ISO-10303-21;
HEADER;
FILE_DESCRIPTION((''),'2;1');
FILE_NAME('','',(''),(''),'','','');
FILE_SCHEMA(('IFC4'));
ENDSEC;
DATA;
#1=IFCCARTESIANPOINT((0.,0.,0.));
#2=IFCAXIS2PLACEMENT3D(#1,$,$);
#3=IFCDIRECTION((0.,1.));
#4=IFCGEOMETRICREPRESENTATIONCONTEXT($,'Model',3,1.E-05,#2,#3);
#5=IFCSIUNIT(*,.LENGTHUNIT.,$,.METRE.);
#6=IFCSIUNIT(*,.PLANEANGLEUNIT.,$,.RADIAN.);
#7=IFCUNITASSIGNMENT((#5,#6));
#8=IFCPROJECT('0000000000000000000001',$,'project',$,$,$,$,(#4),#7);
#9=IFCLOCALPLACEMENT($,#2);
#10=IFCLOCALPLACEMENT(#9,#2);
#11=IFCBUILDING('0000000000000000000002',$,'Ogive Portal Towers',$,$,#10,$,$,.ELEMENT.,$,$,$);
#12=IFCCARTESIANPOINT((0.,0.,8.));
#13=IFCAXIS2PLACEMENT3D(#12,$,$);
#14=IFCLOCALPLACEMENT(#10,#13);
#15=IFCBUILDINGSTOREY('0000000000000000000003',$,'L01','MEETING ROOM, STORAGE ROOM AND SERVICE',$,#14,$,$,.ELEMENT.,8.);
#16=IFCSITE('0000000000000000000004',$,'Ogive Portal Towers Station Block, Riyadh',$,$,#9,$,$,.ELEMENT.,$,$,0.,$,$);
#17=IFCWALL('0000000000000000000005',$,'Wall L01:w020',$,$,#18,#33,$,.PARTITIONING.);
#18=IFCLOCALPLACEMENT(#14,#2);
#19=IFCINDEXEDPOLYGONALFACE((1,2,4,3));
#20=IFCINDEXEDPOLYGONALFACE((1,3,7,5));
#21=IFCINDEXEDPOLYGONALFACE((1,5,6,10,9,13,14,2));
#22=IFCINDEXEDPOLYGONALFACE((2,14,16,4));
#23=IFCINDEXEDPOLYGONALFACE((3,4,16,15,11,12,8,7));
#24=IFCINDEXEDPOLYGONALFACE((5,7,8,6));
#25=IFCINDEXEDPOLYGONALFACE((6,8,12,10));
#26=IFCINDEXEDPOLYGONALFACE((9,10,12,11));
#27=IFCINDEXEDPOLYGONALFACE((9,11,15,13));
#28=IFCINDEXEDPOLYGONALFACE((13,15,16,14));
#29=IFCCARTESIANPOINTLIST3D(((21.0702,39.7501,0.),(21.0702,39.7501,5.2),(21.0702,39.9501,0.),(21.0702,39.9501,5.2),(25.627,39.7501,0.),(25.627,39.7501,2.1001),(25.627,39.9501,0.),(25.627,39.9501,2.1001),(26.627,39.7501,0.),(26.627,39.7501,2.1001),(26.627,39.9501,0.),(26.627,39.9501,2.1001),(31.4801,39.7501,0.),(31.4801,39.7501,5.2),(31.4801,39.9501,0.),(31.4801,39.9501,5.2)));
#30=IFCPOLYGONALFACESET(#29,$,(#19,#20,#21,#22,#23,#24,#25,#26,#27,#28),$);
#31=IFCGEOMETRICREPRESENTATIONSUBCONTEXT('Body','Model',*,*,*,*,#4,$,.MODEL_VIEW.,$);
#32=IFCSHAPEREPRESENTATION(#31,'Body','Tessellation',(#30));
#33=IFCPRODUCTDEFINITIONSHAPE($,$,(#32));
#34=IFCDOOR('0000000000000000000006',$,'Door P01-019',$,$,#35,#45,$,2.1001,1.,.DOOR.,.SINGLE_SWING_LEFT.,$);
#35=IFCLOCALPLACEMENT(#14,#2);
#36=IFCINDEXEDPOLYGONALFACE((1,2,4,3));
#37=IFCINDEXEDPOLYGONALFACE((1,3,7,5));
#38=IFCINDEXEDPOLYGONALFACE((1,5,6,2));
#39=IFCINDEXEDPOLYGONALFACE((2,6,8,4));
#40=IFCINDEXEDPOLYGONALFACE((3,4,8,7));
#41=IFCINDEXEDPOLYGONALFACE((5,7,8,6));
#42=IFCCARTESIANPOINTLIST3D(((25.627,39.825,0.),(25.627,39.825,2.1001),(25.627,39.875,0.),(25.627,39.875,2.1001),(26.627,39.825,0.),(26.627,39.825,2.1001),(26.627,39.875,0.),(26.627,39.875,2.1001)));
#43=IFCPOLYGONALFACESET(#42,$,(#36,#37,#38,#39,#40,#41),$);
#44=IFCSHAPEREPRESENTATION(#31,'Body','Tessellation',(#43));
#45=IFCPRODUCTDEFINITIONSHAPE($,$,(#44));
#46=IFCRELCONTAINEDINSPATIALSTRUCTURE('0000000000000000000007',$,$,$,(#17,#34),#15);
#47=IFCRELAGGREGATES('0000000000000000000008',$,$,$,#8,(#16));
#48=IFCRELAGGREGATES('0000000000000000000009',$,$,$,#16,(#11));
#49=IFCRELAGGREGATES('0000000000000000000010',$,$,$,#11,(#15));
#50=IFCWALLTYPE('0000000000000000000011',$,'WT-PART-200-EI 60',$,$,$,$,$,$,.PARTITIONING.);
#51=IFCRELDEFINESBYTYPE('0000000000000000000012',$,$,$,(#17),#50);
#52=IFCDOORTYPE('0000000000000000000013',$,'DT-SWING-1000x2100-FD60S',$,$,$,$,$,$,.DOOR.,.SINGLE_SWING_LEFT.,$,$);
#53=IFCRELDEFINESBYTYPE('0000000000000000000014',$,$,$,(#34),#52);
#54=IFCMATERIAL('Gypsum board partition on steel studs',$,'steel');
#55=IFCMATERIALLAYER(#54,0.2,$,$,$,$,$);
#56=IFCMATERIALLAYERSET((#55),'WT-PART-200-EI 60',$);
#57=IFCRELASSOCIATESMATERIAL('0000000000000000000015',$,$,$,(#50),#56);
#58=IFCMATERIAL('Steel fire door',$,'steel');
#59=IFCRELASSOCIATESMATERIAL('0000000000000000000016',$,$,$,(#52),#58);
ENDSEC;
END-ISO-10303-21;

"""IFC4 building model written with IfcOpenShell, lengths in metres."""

from ifc_helpers import new_model, si_unit, direction, frame, frame_2d, origin, place, context, subcontext, project, spatial, rectangle, extrude, material, layer, layer_set, type_object, element, fill, save


model = new_model("IFC4")

# Units and contexts
model_context = context("Model", 3, precision=1e-05, world=origin(), true_north=direction((0.0, 1.0)))
body_context = subcontext(model_context, "Body", "Model", "MODEL_VIEW")
ifc_project = project(units=[si_unit("LENGTHUNIT", "METRE"), si_unit("PLANEANGLEUNIT", "RADIAN")], contexts=[model_context])

# Site, building, storey
site_placement = place(None, origin())
site = spatial("IfcSite", under=ifc_project, at=site_placement, Name="Ogive Portal Towers Station Block, Riyadh", CompositionType="ELEMENT", RefElevation=0.0)
building_placement = place(site_placement, origin())
building = spatial("IfcBuilding", under=site, at=building_placement, Name="Ogive Portal Towers", CompositionType="ELEMENT")
storey_placement = place(building_placement, frame((0.0, 0.0, 8.0)))
storey = spatial("IfcBuildingStorey", under=building, at=storey_placement, Name="L01", Description="MEETING ROOM, STORAGE ROOM AND SERVICE", CompositionType="ELEMENT", Elevation=8.0)

# Shared definitions
ifc_material_1 = material(Name="Steel fire door", Category="steel")

# Wall, opening, door
ifc_material_2 = material(Name="Gypsum board partition on steel studs", Category="steel")
ifc_layer_1 = layer(ifc_material_2, 0.2)
ifc_layer_set_1 = layer_set([ifc_layer_1], Name="WT-PART-200-EI 60")
wall_type_1 = type_object("IfcWallType", Name="WT-PART-200-EI 60", PredefinedType="PARTITIONING", material=ifc_layer_set_1)
wall_1_placement = place(storey_placement, frame((21.0701, 39.8501, 0.0), z_axis=(0.0, 0.0, 1.0), x_axis=(1.0, 0.0, 0.0)))
wall_1 = element("IfcWall", 1, at=wall_1_placement, inside=storey, type_object=wall_type_1, Name="Wall L01:w020", PredefinedType="PARTITIONING", context=body_context, shape_type="SweptSolid", body=[
    extrude(rectangle(XDim=10.4099, YDim=0.2, at=frame_2d((5.2051, 0.0))), origin(), (0.0, 0.0, 1.0), 5.2),
])
opening_1_placement = place(wall_1_placement, frame((4.5569, 0.0, 0.0)))
opening_1 = element("IfcOpeningElement", 2, at=opening_1_placement, cuts=wall_1, PredefinedType="OPENING", context=body_context, shape_type="SweptSolid", body=[
    extrude(rectangle(XDim=1.0, YDim=2.1001, at=frame_2d((0.5, 1.05))), frame((0.0, 0.1099, 0.0), z_axis=(0.0, -1.0, 0.0), x_axis=(1.0, 0.0, 0.0)), (0.0, 0.0, 1.0), 0.22),
])
door_type_1 = type_object("IfcDoorType", Name="DT-SWING-1000x2100-FD60S", OperationType="SINGLE_SWING_LEFT", PredefinedType="DOOR", material=ifc_material_1)
door_1_placement = place(opening_1_placement, origin())
door_1 = element("IfcDoor", 3, at=door_1_placement, inside=storey, type_object=door_type_1, Name="Door P01-019", OperationType="SINGLE_SWING_LEFT", OverallHeight=2.1001, OverallWidth=1.0, PredefinedType="DOOR", context=body_context, shape_type="SweptSolid", body=[
    extrude(rectangle(XDim=1.0, YDim=2.1001, at=frame_2d((0.5, 1.05))), frame((0.0, 0.0249, 0.0), z_axis=(0.0, -1.0, 0.0), x_axis=(1.0, 0.0, 0.0)), (0.0, 0.0, 1.0), 0.05),
])
fill(opening_1, door_1)

save(model, "model.ifc")
